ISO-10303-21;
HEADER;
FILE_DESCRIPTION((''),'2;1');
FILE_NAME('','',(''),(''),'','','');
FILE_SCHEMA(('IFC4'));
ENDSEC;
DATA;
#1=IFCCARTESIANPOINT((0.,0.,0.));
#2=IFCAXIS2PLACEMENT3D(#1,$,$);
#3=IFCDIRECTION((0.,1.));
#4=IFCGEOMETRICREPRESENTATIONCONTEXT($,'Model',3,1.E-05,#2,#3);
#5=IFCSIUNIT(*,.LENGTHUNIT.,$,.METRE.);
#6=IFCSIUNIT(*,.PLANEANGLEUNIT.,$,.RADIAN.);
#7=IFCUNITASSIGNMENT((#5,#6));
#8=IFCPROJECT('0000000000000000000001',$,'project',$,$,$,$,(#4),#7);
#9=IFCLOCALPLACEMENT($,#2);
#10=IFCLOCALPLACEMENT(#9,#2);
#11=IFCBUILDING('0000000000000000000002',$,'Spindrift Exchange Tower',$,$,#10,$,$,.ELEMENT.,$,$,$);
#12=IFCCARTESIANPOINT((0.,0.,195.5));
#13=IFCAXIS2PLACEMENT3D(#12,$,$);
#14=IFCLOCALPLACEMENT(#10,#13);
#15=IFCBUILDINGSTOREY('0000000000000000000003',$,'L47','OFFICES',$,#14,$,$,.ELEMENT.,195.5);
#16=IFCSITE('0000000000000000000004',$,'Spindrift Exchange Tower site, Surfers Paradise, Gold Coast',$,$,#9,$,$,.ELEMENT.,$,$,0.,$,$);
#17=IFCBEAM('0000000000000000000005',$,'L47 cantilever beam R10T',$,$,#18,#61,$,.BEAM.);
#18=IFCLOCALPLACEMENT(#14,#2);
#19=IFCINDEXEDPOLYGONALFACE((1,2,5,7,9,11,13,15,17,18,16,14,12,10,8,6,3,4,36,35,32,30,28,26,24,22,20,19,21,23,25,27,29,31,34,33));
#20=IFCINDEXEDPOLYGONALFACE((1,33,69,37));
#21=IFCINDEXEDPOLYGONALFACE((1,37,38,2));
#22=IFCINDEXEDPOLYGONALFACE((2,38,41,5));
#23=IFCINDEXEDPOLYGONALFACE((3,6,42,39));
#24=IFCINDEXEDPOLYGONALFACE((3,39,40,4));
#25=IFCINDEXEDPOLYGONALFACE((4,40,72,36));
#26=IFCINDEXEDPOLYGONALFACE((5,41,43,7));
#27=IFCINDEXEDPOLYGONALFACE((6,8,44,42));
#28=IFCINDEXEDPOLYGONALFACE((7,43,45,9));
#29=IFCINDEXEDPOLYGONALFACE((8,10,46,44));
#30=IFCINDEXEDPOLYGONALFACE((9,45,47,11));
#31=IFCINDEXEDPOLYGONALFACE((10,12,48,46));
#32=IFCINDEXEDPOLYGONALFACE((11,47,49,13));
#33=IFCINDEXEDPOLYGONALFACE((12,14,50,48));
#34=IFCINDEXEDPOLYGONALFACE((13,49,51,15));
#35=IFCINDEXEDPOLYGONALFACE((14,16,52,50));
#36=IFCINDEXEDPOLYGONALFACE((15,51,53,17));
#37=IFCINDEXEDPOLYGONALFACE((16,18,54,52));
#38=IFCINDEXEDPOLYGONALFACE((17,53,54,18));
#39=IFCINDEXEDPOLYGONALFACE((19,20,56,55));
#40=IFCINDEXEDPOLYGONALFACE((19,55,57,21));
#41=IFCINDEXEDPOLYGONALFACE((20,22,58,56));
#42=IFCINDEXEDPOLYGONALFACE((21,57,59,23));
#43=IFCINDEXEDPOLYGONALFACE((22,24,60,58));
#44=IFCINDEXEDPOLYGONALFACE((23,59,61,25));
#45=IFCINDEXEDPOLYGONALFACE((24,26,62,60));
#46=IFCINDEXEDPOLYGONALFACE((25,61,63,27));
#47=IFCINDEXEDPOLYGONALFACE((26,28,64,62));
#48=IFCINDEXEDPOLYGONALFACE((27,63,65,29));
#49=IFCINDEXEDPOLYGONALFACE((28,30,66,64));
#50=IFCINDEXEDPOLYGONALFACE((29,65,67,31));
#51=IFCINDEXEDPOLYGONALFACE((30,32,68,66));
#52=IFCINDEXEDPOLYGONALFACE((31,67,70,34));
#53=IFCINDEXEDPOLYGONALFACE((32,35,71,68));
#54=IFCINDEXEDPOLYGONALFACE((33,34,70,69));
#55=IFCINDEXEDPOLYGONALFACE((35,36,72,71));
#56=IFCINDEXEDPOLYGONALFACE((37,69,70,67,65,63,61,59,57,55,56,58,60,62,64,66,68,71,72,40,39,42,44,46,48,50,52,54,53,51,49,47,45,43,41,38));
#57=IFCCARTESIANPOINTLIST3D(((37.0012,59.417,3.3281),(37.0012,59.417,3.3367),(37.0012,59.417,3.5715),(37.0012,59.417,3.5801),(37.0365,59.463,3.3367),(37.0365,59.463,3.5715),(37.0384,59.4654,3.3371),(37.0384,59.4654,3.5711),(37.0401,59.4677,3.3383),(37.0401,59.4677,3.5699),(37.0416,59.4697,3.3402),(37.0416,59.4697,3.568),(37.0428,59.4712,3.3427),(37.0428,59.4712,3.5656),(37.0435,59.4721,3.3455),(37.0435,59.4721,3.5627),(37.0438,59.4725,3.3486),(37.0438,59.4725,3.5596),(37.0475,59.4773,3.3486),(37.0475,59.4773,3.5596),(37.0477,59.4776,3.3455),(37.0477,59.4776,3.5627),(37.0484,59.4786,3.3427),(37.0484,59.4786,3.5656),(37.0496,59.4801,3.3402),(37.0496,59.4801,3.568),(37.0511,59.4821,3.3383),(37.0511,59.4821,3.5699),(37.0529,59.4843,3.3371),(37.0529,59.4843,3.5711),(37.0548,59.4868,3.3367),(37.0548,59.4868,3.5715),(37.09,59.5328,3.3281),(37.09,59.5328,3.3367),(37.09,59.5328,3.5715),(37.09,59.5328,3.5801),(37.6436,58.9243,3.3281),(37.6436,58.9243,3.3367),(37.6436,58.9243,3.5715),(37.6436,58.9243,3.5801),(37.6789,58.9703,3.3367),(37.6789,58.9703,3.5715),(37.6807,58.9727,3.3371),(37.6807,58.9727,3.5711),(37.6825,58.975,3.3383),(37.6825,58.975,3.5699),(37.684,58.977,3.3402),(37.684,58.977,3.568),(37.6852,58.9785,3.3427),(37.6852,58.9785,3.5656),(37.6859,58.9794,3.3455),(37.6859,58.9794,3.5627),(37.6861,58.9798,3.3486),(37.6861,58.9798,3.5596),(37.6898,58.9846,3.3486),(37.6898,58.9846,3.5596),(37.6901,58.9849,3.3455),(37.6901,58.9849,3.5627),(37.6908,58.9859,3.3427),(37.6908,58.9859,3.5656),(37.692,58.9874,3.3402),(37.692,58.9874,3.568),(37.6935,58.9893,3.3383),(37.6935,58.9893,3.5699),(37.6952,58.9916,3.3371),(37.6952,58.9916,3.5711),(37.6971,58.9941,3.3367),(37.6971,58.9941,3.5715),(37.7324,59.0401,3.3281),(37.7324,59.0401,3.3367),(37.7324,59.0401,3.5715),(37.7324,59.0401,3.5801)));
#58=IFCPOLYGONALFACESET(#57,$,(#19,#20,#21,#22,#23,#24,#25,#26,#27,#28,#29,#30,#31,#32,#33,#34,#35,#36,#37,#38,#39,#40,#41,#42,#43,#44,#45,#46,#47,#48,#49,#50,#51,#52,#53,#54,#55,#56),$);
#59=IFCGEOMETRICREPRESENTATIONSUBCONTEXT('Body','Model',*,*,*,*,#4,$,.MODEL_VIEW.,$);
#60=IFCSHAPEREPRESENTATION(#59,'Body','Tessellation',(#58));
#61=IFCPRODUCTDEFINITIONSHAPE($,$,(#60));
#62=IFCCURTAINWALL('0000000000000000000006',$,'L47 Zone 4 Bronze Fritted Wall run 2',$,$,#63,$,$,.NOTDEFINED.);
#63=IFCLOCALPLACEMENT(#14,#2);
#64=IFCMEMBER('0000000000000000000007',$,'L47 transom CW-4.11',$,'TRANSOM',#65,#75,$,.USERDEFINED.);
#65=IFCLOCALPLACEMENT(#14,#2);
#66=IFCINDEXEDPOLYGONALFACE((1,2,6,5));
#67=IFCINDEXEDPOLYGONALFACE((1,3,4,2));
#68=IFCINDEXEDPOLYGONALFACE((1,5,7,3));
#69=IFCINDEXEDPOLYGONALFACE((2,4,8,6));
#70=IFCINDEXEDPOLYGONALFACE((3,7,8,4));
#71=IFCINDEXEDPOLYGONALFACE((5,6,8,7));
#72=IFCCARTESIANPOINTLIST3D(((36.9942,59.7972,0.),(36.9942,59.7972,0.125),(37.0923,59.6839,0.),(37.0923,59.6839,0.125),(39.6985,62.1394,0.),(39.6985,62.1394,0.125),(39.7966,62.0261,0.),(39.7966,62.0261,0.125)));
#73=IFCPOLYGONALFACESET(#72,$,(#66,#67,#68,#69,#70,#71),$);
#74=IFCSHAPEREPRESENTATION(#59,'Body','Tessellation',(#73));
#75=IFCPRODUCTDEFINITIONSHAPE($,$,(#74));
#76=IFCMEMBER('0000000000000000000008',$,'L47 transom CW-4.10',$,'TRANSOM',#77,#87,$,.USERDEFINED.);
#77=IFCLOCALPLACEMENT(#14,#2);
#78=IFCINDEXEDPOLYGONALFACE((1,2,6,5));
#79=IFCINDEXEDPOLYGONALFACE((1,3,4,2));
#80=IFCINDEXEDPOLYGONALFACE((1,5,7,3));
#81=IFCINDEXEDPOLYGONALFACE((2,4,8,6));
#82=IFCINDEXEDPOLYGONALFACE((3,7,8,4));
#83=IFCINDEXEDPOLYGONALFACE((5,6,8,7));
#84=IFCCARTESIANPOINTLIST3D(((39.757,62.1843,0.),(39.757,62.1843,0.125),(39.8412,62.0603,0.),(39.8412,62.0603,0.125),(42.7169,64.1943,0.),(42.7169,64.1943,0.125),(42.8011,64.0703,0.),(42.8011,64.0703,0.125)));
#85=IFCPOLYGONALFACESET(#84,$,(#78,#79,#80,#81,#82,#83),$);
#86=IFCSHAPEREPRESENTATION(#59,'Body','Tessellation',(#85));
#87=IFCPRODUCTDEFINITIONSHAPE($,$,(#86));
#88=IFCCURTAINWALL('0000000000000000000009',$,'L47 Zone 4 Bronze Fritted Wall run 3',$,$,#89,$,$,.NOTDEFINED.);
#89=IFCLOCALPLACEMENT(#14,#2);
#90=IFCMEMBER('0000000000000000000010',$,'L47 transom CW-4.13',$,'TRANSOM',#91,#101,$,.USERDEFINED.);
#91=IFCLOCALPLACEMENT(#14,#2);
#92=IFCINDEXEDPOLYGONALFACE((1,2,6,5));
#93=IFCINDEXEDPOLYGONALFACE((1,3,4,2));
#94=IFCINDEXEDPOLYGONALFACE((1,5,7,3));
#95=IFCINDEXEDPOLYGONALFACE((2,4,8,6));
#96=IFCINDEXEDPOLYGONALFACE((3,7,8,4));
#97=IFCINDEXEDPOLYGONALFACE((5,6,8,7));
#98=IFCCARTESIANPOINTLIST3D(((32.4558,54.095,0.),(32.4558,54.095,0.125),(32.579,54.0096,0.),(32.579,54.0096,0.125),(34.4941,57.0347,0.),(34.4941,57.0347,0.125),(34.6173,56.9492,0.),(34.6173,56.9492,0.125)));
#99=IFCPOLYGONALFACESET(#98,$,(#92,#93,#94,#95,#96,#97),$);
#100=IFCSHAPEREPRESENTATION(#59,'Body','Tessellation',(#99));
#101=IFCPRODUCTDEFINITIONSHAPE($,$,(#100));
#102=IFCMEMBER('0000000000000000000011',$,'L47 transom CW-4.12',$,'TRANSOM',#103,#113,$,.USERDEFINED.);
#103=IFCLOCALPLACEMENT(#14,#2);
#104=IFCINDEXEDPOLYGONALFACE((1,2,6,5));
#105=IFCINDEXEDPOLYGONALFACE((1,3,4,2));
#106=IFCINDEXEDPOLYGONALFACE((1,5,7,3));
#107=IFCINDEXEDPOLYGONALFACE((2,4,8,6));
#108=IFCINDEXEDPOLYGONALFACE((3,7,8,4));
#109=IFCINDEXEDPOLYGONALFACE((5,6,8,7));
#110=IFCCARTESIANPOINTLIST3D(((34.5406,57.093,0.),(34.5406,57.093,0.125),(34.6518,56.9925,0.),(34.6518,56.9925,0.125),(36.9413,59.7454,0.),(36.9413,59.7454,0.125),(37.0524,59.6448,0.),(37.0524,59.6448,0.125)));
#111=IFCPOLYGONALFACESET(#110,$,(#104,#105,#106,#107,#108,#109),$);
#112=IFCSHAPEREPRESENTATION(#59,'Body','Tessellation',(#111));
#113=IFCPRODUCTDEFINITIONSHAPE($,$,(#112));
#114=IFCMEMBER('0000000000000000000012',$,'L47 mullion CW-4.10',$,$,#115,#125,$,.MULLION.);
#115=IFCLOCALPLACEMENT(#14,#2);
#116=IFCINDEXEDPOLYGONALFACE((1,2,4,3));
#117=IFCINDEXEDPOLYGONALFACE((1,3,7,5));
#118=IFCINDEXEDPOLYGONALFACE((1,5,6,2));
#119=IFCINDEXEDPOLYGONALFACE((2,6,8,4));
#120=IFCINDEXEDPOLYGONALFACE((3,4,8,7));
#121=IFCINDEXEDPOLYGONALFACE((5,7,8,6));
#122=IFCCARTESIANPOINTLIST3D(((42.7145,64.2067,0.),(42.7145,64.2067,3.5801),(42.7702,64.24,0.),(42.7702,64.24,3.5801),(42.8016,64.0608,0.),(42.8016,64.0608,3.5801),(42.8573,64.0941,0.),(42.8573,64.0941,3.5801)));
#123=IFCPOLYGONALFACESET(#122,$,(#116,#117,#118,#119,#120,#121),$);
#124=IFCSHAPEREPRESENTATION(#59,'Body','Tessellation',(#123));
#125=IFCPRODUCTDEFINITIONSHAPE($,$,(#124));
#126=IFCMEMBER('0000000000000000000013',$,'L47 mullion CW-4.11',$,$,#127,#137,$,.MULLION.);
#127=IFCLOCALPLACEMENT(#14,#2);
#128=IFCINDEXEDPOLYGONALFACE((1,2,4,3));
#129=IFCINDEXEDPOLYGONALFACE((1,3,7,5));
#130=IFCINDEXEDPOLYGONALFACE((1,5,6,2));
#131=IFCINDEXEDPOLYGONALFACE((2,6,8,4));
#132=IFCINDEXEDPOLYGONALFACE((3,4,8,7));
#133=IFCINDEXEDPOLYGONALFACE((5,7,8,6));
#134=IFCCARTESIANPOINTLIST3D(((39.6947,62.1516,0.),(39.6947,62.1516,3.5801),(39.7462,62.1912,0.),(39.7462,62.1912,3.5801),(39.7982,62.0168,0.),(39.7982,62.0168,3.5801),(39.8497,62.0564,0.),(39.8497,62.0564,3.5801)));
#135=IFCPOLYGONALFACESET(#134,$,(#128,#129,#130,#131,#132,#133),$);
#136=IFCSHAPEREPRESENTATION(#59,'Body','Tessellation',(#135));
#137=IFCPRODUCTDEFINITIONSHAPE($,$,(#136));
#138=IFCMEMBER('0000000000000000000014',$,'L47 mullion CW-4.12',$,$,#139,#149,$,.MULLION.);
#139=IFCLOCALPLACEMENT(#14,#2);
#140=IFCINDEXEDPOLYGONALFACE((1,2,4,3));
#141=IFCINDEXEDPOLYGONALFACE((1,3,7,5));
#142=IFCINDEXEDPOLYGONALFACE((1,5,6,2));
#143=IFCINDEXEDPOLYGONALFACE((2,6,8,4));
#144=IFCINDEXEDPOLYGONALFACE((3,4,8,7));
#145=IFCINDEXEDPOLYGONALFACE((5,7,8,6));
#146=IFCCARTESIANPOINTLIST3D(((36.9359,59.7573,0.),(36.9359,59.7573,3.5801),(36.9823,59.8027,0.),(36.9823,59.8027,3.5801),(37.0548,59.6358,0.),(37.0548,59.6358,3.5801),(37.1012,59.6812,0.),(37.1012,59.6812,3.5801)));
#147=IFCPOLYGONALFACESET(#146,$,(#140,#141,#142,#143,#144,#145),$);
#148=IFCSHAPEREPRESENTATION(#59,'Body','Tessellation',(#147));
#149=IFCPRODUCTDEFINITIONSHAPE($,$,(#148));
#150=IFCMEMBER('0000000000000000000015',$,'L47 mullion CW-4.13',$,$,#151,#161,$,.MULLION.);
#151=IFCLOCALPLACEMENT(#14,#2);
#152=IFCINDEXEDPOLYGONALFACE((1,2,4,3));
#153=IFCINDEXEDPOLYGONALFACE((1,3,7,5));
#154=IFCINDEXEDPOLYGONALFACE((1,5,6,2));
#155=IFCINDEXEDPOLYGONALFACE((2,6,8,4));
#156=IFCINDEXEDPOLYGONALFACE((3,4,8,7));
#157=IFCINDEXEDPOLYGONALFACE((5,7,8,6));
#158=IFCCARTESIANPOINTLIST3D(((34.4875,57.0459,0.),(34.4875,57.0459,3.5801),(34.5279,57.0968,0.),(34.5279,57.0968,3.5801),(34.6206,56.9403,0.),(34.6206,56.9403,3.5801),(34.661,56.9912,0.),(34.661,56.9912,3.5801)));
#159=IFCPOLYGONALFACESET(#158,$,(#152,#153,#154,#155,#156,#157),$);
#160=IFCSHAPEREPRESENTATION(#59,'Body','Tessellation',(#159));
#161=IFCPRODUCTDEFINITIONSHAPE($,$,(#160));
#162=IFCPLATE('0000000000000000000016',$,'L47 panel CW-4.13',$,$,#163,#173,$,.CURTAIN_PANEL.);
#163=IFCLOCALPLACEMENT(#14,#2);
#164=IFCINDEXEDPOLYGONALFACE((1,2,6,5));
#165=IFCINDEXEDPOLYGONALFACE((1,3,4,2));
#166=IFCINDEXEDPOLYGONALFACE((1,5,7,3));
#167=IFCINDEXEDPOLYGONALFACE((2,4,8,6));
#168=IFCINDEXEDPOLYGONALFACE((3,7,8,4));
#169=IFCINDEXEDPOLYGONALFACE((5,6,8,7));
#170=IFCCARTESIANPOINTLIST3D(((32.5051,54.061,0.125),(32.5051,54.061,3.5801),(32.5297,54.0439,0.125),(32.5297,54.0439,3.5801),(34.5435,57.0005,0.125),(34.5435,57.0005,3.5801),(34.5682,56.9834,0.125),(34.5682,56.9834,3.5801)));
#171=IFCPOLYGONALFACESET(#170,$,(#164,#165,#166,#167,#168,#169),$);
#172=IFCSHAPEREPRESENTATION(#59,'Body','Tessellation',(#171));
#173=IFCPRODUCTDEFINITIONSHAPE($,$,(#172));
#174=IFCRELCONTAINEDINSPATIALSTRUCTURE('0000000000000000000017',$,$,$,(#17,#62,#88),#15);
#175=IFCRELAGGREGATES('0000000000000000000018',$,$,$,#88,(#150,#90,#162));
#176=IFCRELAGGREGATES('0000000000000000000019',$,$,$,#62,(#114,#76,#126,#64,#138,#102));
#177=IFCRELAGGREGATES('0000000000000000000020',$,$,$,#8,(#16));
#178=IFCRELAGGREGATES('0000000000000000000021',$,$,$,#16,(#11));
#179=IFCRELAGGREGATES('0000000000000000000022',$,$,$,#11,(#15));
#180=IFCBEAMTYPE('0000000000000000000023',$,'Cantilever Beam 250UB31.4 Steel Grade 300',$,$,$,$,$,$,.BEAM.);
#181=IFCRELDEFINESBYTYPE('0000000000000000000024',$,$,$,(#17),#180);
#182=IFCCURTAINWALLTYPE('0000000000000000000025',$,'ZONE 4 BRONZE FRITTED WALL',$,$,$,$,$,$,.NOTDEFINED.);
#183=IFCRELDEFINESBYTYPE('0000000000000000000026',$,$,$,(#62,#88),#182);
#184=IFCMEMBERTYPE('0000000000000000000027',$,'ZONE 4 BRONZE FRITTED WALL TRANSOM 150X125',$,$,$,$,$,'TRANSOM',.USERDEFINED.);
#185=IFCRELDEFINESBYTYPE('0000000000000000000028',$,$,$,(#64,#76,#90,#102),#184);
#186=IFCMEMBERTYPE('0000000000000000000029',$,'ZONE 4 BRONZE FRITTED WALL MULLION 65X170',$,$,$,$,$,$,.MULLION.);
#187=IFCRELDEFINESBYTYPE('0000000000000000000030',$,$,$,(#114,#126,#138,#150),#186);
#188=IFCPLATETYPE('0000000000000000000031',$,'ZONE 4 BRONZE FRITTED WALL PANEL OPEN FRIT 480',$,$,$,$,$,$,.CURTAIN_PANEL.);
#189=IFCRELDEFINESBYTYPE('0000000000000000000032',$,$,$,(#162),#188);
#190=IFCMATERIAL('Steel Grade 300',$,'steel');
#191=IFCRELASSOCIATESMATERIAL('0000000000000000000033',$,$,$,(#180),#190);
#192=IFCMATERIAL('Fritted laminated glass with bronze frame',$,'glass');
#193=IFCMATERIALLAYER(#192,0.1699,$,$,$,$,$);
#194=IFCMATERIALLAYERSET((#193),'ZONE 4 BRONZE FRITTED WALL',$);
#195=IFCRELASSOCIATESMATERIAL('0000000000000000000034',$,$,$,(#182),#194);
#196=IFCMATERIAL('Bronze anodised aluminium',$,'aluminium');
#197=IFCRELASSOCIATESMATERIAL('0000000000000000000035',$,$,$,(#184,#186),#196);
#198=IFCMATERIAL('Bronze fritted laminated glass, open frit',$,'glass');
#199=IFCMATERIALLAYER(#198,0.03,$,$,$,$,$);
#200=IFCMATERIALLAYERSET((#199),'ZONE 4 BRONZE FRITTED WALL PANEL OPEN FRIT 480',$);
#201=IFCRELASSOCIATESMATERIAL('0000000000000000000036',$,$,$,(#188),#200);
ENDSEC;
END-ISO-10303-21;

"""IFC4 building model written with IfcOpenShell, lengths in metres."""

from ifc_helpers import new_model, si_unit, direction, frame, origin, origin_2d, place, context, subcontext, project, spatial, rectangle, i_section, extrude, source, transform, mapped, material, layer, layer_set, material_profile, profile_set, type_object, element, aggregate, save


model = new_model("IFC4")

# Units and contexts
model_context = context("Model", 3, precision=1e-05, world=origin(), true_north=direction((0.0, 1.0)))
body_context = subcontext(model_context, "Body", "Model", "MODEL_VIEW")
ifc_project = project(units=[si_unit("LENGTHUNIT", "METRE"), si_unit("PLANEANGLEUNIT", "RADIAN")], contexts=[model_context])

# Site, building, storey
site_placement = place(None, origin())
site = spatial("IfcSite", under=ifc_project, at=site_placement, Name="Spindrift Exchange Tower site, Surfers Paradise, Gold Coast", CompositionType="ELEMENT", RefElevation=0.0)
building_placement = place(site_placement, origin())
building = spatial("IfcBuilding", under=site, at=building_placement, Name="Spindrift Exchange Tower", CompositionType="ELEMENT")
storey_placement = place(building_placement, frame((0.0, 0.0, 195.5)))
storey = spatial("IfcBuildingStorey", under=building, at=storey_placement, Name="L47", Description="OFFICES", CompositionType="ELEMENT", Elevation=195.5)

# Beam
ifc_material_1 = material(Name="Steel Grade 300", Category="steel")
ifc_material_profile_1 = material_profile(ifc_material_1, i_section(OverallWidth=0.146, OverallDepth=0.252, WebThickness=0.0061, FlangeThickness=0.0085, FilletRadius=0.012, at=origin_2d()), Name="250UB31.4")
ifc_profile_set_1 = profile_set([ifc_material_profile_1], Name="Steel Grade 300")
beam_type_1 = type_object("IfcBeamType", Name="Cantilever Beam 250UB31.4 Steel Grade 300", PredefinedType="BEAM", material=ifc_profile_set_1)
shared_shape_1 = source(origin(), body_context, "Body", "SweptSolid", [
    extrude(i_section(OverallWidth=0.146, OverallDepth=0.252, WebThickness=0.0061, FlangeThickness=0.0085, FilletRadius=0.012, at=origin_2d()), origin(), (0.0, 0.0, 1.0), 0.8096),
])
beam_1_placement = place(storey_placement, frame((37.688, 58.9822, 3.4541), z_axis=(-0.793475, 0.608602, 0.0), x_axis=(-0.608602, -0.793475, 0.0)))
element("IfcBeam", 1, at=beam_1_placement, inside=storey, type_object=beam_type_1, Name="L47 cantilever beam R10T", PredefinedType="BEAM", context=body_context, shape_type="MappedRepresentation", body=[
    mapped(shared_shape_1, transform((0.0, 0.0, 0.0), scale=1.0)),
])

# Curtain wall, members
ifc_material_2 = material(Name="Fritted laminated glass with bronze frame", Category="glass")
ifc_layer_1 = layer(ifc_material_2, 0.1699)
ifc_layer_set_1 = layer_set([ifc_layer_1], Name="ZONE 4 BRONZE FRITTED WALL")
curtain_wall_type = type_object("IfcCurtainWallType", Name="ZONE 4 BRONZE FRITTED WALL", PredefinedType="NOTDEFINED", material=ifc_layer_set_1)
curtain_wall_1_placement = place(storey_placement, origin())
curtain_wall_1 = element("IfcCurtainWall", 2, at=curtain_wall_1_placement, inside=storey, type_object=curtain_wall_type, Name="L47 Zone 4 Bronze Fritted Wall run 2", PredefinedType="NOTDEFINED")
ifc_material_3 = material(Name="Bronze anodised aluminium", Category="aluminium")
ifc_material_profile_2 = material_profile(ifc_material_3, rectangle(XDim=0.1499, YDim=0.125, at=origin_2d()), Name="ZONE 4 BRONZE FRITTED WALL TRANSOM 150X125")
ifc_profile_set_2 = profile_set([ifc_material_profile_2], Name="Bronze anodised aluminium")
member_type_1 = type_object("IfcMemberType", Name="ZONE 4 BRONZE FRITTED WALL TRANSOM 150X125", ElementType="TRANSOM", PredefinedType="USERDEFINED", material=ifc_profile_set_2)
shared_shape_2 = source(origin(), body_context, "Body", "SweptSolid", [
    extrude(rectangle(XDim=0.1499, YDim=0.125, at=origin_2d()), origin(), (0.0, 0.0, 1.0), 3.5776),
])
member_1_placement = place(storey_placement, frame((39.7476, 62.0828, 0.0625), z_axis=(-0.755894, -0.654694, 0.0), x_axis=(0.654694, -0.755894, 0.0)))
member_1 = element("IfcMember", 3, at=member_1_placement, type_object=member_type_1, Name="L47 transom CW-4.11", ObjectType="TRANSOM", PredefinedType="USERDEFINED", context=body_context, shape_type="MappedRepresentation", body=[
    mapped(shared_shape_2, transform((0.0, 0.0, 0.0), scale=1.0)),
])
shared_shape_3 = source(origin(), body_context, "Body", "SweptSolid", [
    extrude(rectangle(XDim=0.1499, YDim=0.125, at=origin_2d()), origin(), (0.0, 0.0, 1.0), 3.5779),
])
member_2_placement = place(storey_placement, frame((42.759, 64.1323, 0.0625), z_axis=(-0.827286, -0.561782, 0.0), x_axis=(0.561782, -0.827286, 0.0)))
member_2 = element("IfcMember", 4, at=member_2_placement, type_object=member_type_1, Name="L47 transom CW-4.10", ObjectType="TRANSOM", PredefinedType="USERDEFINED", context=body_context, shape_type="MappedRepresentation", body=[
    mapped(shared_shape_3, transform((0.0, 0.0, 0.0), scale=1.0)),
])

# Curtain wall, member
curtain_wall_2_placement = place(storey_placement, origin())
curtain_wall_2 = element("IfcCurtainWall", 5, at=curtain_wall_2_placement, inside=storey, type_object=curtain_wall_type, Name="L47 Zone 4 Bronze Fritted Wall run 3", PredefinedType="NOTDEFINED")
shared_shape_4 = source(origin(), body_context, "Body", "SweptSolid", [
    extrude(rectangle(XDim=0.1499, YDim=0.125, at=origin_2d()), origin(), (0.0, 0.0, 1.0), 3.5771),
])
member_3_placement = place(storey_placement, frame((34.5557, 56.9919, 0.0625), z_axis=(-0.569806, -0.821779, 0.0), x_axis=(0.821779, -0.569806, 0.0)))
member_3 = element("IfcMember", 6, at=member_3_placement, type_object=member_type_1, Name="L47 transom CW-4.13", ObjectType="TRANSOM", PredefinedType="USERDEFINED", context=body_context, shape_type="MappedRepresentation", body=[
    mapped(shared_shape_4, transform((0.0, 0.0, 0.0), scale=1.0)),
])

# Members
shared_shape_5 = source(origin(), body_context, "Body", "SweptSolid", [
    extrude(rectangle(XDim=0.1499, YDim=0.125, at=origin_2d()), origin(), (0.0, 0.0, 1.0), 3.5774),
])
member_4_placement = place(storey_placement, frame((36.9968, 59.6951, 0.0625), z_axis=(-0.671051, -0.741411, 0.0), x_axis=(0.741411, -0.671051, 0.0)))
member_4 = element("IfcMember", 7, at=member_4_placement, type_object=member_type_1, Name="L47 transom CW-4.12", ObjectType="TRANSOM", PredefinedType="USERDEFINED", context=body_context, shape_type="MappedRepresentation", body=[
    mapped(shared_shape_5, transform((0.0, 0.0, 0.0), scale=1.0)),
])
ifc_material_profile_3 = material_profile(ifc_material_3, rectangle(XDim=0.0649, YDim=0.1699, at=origin_2d()), Name="ZONE 4 BRONZE FRITTED WALL MULLION 65X170")
ifc_profile_set_3 = profile_set([ifc_material_profile_3], Name="Bronze anodised aluminium")
member_type_2 = type_object("IfcMemberType", Name="ZONE 4 BRONZE FRITTED WALL MULLION 65X170", PredefinedType="MULLION", material=ifc_profile_set_3)
shared_shape_6 = source(origin(), body_context, "Body", "SweptSolid", [
    extrude(rectangle(XDim=0.0649, YDim=0.1699, at=origin_2d()), origin(), (0.0, 0.0, 1.0), 3.5801),
])
member_5_placement = place(storey_placement, frame((42.7859, 64.1504, 0.0), z_axis=(0.0, 0.0, 1.0), x_axis=(-0.858572, -0.512693, 0.0)))
member_5 = element("IfcMember", 8, at=member_5_placement, type_object=member_type_2, Name="L47 mullion CW-4.10", PredefinedType="MULLION", context=body_context, shape_type="MappedRepresentation", body=[
    mapped(shared_shape_6, transform((0.0, 0.0, 0.0), scale=1.0)),
])
member_6_placement = place(storey_placement, frame((39.7722, 62.104, 0.0), z_axis=(0.0, 0.0, 1.0), x_axis=(-0.792956, -0.609279, 0.0)))
member_6 = element("IfcMember", 9, at=member_6_placement, type_object=member_type_2, Name="L47 mullion CW-4.11", PredefinedType="MULLION", context=body_context, shape_type="MappedRepresentation", body=[
    mapped(shared_shape_6, transform((0.0, 0.0, 0.0), scale=1.0)),
])
member_7_placement = place(storey_placement, frame((37.0186, 59.7192, 0.0), z_axis=(0.0, 0.0, 1.0), x_axis=(-0.714785, -0.699344, 0.0)))
member_7 = element("IfcMember", 10, at=member_7_placement, type_object=member_type_2, Name="L47 mullion CW-4.12", PredefinedType="MULLION", context=body_context, shape_type="MappedRepresentation", body=[
    mapped(shared_shape_6, transform((0.0, 0.0, 0.0), scale=1.0)),
])
member_8_placement = place(storey_placement, frame((34.5742, 57.0186, 0.0), z_axis=(0.0, 0.0, 1.0), x_axis=(-0.621746, -0.783219, 0.0)))
member_8 = element("IfcMember", 11, at=member_8_placement, type_object=member_type_2, Name="L47 mullion CW-4.13", PredefinedType="MULLION", context=body_context, shape_type="MappedRepresentation", body=[
    mapped(shared_shape_6, transform((0.0, 0.0, 0.0), scale=1.0)),
])

# Plate
ifc_material_4 = material(Name="Bronze fritted laminated glass, open frit", Category="glass")
ifc_layer_2 = layer(ifc_material_4, 0.03)
ifc_layer_set_2 = layer_set([ifc_layer_2], Name="ZONE 4 BRONZE FRITTED WALL PANEL OPEN FRIT 480")
plate_type_1 = type_object("IfcPlateType", Name="ZONE 4 BRONZE FRITTED WALL PANEL OPEN FRIT 480", PredefinedType="CURTAIN_PANEL", material=ifc_layer_set_2)
shared_shape_7 = source(origin(), body_context, "Body", "SweptSolid", [
    extrude(rectangle(XDim=3.5771, YDim=0.03, at=origin_2d()), origin(), (0.0, 0.0, 1.0), 3.4551),
])
plate_1_placement = place(storey_placement, frame((33.5366, 55.5222, 0.125), z_axis=(0.0, 0.0, 1.0), x_axis=(-0.569845, -0.821752, 0.0)))
plate_1 = element("IfcPlate", 12, at=plate_1_placement, type_object=plate_type_1, Name="L47 panel CW-4.13", PredefinedType="CURTAIN_PANEL", context=body_context, shape_type="MappedRepresentation", body=[
    mapped(shared_shape_7, transform((0.0, 0.0, 0.0), scale=1.0)),
])
aggregate(curtain_wall_2, [member_8, member_3, plate_1])
aggregate(curtain_wall_1, [member_5, member_2, member_6, member_1, member_7, member_4])

save(model, "model.ifc")
